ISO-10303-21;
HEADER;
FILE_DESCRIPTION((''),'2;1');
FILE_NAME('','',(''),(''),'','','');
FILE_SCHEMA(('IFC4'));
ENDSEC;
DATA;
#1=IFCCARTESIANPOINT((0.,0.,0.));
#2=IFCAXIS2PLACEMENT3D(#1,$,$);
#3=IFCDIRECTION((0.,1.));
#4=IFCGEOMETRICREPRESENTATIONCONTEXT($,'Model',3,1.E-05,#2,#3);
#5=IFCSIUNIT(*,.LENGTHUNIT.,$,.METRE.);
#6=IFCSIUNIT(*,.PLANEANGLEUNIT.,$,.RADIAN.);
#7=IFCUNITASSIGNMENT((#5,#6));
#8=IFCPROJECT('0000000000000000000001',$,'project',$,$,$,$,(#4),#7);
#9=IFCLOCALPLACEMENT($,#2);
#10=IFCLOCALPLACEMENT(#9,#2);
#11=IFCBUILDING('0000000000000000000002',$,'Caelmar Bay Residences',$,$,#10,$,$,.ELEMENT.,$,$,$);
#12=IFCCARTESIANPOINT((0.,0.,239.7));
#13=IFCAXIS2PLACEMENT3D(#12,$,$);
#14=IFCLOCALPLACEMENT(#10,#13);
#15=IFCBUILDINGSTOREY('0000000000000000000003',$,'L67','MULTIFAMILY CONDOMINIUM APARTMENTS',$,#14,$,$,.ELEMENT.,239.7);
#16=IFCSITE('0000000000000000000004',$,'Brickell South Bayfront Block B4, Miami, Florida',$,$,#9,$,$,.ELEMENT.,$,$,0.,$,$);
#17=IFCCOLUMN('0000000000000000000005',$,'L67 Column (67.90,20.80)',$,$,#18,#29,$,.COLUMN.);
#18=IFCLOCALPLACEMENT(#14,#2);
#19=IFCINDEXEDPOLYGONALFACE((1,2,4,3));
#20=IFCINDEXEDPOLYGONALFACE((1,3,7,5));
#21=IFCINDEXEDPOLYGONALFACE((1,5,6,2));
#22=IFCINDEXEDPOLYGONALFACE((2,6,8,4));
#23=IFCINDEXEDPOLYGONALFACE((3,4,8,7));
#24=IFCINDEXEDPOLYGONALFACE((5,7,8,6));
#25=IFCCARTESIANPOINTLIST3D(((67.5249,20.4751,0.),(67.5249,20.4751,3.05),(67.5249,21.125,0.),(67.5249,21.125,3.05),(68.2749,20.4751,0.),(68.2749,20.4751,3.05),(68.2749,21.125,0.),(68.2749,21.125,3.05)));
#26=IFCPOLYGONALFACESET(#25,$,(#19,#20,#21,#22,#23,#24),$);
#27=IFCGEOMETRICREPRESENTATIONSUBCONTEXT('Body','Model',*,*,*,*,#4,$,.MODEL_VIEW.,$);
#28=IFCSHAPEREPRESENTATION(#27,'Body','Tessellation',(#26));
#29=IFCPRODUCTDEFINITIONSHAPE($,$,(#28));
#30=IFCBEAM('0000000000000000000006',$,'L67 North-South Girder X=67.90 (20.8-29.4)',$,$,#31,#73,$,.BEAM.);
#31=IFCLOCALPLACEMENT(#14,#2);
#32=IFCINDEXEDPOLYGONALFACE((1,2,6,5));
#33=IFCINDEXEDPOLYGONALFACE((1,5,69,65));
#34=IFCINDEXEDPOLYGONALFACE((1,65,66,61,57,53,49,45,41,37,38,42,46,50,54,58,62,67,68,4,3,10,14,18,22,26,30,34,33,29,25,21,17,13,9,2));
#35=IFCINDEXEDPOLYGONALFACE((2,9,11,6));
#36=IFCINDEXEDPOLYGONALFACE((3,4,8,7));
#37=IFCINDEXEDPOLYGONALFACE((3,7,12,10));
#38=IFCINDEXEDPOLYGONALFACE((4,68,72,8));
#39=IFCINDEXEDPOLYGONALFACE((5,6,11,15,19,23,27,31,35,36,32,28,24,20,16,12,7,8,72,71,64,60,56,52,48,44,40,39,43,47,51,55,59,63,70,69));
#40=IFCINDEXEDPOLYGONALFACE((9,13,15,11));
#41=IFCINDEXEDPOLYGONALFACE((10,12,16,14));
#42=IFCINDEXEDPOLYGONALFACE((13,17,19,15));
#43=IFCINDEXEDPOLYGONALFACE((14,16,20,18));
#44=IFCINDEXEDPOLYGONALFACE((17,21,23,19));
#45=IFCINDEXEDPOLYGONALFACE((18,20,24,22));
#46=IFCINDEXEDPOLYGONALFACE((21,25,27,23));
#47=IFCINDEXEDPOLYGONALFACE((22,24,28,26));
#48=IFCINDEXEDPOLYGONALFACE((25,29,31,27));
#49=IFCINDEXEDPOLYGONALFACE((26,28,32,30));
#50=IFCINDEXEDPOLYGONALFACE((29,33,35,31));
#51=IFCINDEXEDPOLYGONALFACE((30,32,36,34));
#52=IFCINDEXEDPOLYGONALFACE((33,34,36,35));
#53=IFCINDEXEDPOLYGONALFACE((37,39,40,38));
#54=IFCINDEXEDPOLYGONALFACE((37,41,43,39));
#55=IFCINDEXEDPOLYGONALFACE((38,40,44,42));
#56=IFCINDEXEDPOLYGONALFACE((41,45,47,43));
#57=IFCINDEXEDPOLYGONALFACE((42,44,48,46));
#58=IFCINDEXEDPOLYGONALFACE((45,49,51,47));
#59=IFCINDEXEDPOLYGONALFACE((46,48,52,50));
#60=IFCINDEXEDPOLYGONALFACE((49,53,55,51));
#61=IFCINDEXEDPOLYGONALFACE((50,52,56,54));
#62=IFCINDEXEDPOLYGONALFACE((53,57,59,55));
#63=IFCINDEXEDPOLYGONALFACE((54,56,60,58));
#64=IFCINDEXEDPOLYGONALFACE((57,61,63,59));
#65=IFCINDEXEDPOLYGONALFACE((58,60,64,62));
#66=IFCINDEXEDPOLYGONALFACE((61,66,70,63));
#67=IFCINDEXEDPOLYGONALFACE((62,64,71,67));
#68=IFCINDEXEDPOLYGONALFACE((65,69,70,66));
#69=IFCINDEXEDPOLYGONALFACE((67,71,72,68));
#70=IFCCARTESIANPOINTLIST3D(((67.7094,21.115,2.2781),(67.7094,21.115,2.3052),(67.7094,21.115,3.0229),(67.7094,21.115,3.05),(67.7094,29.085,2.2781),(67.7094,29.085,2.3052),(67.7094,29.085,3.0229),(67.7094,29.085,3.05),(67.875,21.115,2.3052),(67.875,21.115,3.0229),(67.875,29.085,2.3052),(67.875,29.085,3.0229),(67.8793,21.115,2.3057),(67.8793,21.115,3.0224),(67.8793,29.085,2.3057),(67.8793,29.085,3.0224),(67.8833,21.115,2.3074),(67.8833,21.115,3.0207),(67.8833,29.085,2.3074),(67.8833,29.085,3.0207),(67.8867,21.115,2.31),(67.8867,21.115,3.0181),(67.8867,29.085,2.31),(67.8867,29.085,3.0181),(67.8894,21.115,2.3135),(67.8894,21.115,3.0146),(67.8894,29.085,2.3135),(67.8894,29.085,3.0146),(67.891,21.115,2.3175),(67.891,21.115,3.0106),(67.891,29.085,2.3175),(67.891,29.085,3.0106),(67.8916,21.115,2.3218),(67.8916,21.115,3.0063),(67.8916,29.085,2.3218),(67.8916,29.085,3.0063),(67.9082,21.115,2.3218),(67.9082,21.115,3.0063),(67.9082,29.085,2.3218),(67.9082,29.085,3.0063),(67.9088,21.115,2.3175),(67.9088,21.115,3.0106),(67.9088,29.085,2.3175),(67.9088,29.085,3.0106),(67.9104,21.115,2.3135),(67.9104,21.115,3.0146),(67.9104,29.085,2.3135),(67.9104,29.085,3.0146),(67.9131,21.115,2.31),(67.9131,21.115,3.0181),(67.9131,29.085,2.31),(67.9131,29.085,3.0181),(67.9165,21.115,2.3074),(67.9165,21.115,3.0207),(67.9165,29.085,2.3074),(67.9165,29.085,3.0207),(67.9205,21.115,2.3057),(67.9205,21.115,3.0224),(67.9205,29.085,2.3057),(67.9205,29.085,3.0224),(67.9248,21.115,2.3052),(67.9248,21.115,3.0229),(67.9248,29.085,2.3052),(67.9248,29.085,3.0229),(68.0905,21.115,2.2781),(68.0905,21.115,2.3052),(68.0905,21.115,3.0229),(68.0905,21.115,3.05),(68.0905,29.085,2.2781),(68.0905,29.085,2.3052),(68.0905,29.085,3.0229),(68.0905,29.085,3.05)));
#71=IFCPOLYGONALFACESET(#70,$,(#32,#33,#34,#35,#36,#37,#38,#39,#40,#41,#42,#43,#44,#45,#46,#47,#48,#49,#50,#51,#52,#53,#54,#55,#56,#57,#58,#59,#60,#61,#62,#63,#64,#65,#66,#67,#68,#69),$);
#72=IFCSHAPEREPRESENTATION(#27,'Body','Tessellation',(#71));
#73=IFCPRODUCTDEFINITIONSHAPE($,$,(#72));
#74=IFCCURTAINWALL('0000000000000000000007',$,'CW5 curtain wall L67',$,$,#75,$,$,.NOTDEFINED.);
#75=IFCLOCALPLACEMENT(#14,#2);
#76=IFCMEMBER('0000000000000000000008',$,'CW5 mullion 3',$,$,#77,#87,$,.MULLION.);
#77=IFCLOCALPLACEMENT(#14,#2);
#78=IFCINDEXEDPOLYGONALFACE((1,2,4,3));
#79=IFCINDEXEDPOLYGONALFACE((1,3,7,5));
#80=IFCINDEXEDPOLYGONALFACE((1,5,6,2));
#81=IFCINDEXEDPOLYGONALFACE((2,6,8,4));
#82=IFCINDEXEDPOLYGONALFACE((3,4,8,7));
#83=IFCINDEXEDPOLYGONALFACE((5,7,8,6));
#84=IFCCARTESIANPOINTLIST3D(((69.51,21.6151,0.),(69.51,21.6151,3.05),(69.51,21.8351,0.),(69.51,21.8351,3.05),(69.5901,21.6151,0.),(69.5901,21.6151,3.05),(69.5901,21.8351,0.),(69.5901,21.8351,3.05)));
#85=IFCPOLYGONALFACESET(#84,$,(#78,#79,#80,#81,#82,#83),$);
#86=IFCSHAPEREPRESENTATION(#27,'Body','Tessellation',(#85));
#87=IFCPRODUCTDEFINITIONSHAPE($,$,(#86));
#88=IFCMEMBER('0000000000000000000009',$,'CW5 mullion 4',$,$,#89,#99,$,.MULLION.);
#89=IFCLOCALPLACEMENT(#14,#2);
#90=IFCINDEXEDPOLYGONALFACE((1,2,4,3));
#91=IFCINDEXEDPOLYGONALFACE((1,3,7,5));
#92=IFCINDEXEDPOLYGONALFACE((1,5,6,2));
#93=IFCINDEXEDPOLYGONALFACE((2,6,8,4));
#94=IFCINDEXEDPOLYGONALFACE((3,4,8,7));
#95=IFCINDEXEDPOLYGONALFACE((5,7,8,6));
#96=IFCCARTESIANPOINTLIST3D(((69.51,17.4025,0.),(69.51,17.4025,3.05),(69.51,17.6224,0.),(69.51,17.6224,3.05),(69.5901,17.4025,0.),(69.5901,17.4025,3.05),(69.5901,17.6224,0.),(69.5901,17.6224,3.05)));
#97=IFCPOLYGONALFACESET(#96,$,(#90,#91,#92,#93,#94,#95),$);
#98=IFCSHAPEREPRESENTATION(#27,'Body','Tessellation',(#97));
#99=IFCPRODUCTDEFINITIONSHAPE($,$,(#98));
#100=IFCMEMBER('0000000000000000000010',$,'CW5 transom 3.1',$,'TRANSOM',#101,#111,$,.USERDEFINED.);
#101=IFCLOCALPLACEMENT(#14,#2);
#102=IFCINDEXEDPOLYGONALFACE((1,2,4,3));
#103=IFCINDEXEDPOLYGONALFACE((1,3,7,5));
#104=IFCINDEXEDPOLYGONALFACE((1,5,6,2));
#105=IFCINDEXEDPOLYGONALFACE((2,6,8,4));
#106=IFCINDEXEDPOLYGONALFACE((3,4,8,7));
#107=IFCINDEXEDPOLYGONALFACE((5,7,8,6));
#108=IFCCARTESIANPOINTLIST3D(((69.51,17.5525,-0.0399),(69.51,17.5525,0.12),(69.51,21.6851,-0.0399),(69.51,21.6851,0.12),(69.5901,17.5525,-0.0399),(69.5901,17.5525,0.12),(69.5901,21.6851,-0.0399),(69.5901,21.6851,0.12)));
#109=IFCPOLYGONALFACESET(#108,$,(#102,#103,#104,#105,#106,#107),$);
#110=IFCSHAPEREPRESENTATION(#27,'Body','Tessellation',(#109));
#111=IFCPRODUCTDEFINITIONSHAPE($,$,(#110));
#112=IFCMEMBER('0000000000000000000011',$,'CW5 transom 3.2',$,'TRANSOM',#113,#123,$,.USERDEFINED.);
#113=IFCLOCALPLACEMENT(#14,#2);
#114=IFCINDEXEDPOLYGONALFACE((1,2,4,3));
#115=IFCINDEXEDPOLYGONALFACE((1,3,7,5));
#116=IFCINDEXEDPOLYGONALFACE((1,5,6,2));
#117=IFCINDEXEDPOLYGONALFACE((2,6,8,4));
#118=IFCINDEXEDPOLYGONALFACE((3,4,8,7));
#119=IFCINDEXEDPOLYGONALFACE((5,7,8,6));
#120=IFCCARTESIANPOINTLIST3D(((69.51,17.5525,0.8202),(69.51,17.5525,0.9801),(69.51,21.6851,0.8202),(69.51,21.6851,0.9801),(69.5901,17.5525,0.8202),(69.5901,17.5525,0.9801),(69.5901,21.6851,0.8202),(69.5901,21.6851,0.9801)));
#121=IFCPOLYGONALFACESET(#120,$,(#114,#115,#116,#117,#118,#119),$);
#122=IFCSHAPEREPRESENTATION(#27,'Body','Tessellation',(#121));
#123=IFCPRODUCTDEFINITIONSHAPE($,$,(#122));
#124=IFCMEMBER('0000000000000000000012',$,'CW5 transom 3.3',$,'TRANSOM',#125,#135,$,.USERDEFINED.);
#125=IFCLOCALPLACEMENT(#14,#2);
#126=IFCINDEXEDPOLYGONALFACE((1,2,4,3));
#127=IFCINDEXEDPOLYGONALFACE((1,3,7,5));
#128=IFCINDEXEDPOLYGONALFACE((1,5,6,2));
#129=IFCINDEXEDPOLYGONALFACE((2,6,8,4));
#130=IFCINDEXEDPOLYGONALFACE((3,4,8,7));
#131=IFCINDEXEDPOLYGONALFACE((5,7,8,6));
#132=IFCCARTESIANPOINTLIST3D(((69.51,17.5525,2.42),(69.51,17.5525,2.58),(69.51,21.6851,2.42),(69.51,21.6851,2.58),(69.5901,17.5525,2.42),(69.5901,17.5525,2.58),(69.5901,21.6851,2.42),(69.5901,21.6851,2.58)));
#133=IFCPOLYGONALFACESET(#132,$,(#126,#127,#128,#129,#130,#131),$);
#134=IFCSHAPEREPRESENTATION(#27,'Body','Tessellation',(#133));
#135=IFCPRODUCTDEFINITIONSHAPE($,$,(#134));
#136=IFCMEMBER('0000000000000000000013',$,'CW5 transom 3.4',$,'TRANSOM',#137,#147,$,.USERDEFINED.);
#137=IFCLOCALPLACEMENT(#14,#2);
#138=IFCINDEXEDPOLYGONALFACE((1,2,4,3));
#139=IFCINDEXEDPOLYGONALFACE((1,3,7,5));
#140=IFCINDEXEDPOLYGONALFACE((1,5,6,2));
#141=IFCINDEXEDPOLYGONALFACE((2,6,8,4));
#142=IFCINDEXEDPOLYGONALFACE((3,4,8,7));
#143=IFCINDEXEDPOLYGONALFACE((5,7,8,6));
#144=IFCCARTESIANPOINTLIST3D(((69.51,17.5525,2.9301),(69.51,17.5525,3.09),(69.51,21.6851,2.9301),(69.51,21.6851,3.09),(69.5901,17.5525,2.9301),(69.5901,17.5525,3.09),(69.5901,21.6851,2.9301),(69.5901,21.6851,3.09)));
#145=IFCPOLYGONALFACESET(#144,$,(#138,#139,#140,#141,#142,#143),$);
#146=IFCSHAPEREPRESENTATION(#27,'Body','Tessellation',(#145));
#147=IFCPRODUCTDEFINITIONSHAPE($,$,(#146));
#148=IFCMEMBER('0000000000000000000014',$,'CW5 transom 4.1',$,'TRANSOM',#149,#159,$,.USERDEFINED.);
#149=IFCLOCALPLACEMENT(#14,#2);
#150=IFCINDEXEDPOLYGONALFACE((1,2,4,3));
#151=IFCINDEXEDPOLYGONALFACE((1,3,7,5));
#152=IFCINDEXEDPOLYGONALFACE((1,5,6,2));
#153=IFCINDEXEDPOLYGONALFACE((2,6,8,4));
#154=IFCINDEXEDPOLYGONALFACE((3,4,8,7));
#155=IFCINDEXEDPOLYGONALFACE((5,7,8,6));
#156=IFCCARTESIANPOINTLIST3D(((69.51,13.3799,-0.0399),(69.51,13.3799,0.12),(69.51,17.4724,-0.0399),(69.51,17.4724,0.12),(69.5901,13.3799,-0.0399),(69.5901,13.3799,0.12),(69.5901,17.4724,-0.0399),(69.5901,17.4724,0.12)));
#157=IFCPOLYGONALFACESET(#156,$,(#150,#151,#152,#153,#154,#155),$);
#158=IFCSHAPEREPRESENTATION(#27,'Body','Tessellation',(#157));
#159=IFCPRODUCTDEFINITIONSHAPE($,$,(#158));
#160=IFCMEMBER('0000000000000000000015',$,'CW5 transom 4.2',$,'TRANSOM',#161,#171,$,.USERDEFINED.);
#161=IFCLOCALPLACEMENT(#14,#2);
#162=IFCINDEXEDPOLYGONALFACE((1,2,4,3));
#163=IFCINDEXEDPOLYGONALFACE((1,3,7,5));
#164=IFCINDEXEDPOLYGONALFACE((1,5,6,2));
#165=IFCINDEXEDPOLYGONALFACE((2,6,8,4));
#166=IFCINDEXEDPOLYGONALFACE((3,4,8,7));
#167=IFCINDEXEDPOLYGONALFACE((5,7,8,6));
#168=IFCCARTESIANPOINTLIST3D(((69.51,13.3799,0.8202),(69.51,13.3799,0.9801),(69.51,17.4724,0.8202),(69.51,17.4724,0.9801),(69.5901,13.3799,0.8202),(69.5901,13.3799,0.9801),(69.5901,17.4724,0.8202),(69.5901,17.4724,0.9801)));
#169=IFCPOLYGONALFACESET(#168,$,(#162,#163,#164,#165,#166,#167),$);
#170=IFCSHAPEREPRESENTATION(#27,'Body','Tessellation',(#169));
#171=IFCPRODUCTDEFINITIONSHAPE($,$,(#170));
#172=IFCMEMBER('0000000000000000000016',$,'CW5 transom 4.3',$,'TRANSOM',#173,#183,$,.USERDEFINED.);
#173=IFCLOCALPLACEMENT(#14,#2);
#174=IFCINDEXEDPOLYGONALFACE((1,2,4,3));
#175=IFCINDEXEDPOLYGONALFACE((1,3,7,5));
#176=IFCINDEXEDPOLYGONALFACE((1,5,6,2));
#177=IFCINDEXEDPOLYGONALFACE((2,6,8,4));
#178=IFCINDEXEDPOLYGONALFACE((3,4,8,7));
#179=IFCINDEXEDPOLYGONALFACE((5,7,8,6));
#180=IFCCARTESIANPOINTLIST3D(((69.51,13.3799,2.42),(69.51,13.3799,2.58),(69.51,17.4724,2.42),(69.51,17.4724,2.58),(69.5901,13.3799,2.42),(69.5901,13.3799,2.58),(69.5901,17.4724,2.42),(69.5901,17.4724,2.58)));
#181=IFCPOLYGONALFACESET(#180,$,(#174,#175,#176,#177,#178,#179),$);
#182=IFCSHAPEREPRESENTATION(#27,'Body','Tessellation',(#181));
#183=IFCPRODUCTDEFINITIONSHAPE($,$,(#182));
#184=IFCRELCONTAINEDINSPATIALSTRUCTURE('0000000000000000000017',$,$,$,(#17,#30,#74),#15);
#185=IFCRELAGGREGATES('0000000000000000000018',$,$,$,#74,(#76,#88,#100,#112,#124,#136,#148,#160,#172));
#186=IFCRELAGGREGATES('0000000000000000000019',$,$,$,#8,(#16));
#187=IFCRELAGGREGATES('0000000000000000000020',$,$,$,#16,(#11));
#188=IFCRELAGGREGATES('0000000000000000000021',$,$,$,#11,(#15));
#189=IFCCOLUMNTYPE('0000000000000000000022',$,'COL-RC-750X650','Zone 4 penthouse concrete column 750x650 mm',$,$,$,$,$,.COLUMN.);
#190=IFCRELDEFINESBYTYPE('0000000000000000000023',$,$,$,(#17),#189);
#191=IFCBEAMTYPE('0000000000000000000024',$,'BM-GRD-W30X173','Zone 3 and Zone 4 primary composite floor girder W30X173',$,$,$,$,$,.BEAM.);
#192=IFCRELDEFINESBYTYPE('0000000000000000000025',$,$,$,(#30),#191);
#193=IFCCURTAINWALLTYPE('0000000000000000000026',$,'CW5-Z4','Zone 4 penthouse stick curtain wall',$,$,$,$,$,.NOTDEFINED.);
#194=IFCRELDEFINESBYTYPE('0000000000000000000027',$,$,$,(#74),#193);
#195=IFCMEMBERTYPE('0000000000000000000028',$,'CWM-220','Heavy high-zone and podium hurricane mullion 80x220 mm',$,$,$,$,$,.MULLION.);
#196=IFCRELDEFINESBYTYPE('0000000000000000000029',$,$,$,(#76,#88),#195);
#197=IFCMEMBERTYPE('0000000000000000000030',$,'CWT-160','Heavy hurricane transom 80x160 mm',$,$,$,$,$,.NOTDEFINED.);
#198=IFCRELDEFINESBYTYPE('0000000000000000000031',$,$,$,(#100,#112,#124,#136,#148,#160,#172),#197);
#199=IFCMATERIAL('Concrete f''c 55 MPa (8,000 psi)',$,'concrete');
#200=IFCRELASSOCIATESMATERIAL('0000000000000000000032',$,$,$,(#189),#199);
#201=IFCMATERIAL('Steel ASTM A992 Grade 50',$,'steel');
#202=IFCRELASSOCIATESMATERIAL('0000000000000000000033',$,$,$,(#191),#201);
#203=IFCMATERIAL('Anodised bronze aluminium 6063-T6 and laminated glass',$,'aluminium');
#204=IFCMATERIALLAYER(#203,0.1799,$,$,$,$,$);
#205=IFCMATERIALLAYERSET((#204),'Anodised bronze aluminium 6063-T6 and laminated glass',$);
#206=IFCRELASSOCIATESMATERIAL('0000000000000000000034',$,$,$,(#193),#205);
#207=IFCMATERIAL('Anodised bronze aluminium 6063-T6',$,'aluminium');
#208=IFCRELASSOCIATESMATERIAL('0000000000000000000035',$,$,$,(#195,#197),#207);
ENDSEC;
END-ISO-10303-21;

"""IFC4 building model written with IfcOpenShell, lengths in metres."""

from ifc_helpers import new_model, si_unit, direction, frame, origin, origin_2d, place, context, subcontext, project, spatial, rectangle, i_section, extrude, material, layer, layer_set, material_profile, profile_set, type_object, element, aggregate, save


model = new_model("IFC4")

# Units and contexts
model_context = context("Model", 3, precision=1e-05, world=origin(), true_north=direction((0.0, 1.0)))
body_context = subcontext(model_context, "Body", "Model", "MODEL_VIEW")
ifc_project = project(units=[si_unit("LENGTHUNIT", "METRE"), si_unit("PLANEANGLEUNIT", "RADIAN")], contexts=[model_context])

# Site, building, storey
site_placement = place(None, origin())
site = spatial("IfcSite", under=ifc_project, at=site_placement, Name="Brickell South Bayfront Block B4, Miami, Florida", CompositionType="ELEMENT", RefElevation=0.0)
building_placement = place(site_placement, origin())
building = spatial("IfcBuilding", under=site, at=building_placement, Name="Caelmar Bay Residences", CompositionType="ELEMENT")
storey_placement = place(building_placement, frame((0.0, 0.0, 239.7)))
storey = spatial("IfcBuildingStorey", under=building, at=storey_placement, Name="L67", Description="MULTIFAMILY CONDOMINIUM APARTMENTS", CompositionType="ELEMENT", Elevation=239.7)

# Column
ifc_material_1 = material(Name="Concrete f'c 55 MPa (8,000 psi)", Category="concrete")
ifc_material_profile_1 = material_profile(ifc_material_1, rectangle(XDim=0.75, YDim=0.6499, at=origin_2d()), Name="RC-COL-750X650")
ifc_profile_set_1 = profile_set([ifc_material_profile_1], Name="Concrete f'c 55 MPa (8,000 psi)")
column_type = type_object("IfcColumnType", Name="COL-RC-750X650", Description="Zone 4 penthouse concrete column 750x650 mm", PredefinedType="COLUMN", material=ifc_profile_set_1)
column_placement = place(storey_placement, frame((67.8999, 20.8, 0.0), z_axis=(0.0, 0.0, 1.0), x_axis=(1.0, 0.0, 0.0)))
element("IfcColumn", 1, at=column_placement, inside=storey, type_object=column_type, Name="L67 Column (67.90,20.80)", PredefinedType="COLUMN", context=body_context, shape_type="SweptSolid", body=[
    extrude(rectangle(XDim=0.75, YDim=0.6499, at=origin_2d()), origin(), (0.0, 0.0, 1.0), 3.05),
])

# Beam
ifc_material_2 = material(Name="Steel ASTM A992 Grade 50", Category="steel")
ifc_material_profile_2 = material_profile(ifc_material_2, i_section(OverallWidth=0.3811, OverallDepth=0.772, WebThickness=0.0166, FlangeThickness=0.0271, FilletRadius=0.0166, at=origin_2d()), Name="W30X173")
ifc_profile_set_2 = profile_set([ifc_material_profile_2], Name="Steel ASTM A992 Grade 50")
beam_type = type_object("IfcBeamType", Name="BM-GRD-W30X173", Description="Zone 3 and Zone 4 primary composite floor girder W30X173", PredefinedType="BEAM", material=ifc_profile_set_2)
beam_placement = place(storey_placement, frame((67.8999, 21.115, 2.6641), z_axis=(0.0, 1.0, 0.0), x_axis=(-1.0, 0.0, 0.0)))
element("IfcBeam", 2, at=beam_placement, inside=storey, type_object=beam_type, Name="L67 North-South Girder X=67.90 (20.8-29.4)", PredefinedType="BEAM", context=body_context, shape_type="SweptSolid", body=[
    extrude(i_section(OverallWidth=0.3811, OverallDepth=0.772, WebThickness=0.0166, FlangeThickness=0.0271, FilletRadius=0.0166, at=origin_2d()), origin(), (0.0, 0.0, 1.0), 7.97),
])

# Curtain wall, members
ifc_material_3 = material(Name="Anodised bronze aluminium 6063-T6 and laminated glass", Category="aluminium")
ifc_layer_1 = layer(ifc_material_3, 0.1799)
ifc_layer_set_1 = layer_set([ifc_layer_1], Name="Anodised bronze aluminium 6063-T6 and laminated glass")
curtain_wall_type = type_object("IfcCurtainWallType", Name="CW5-Z4", Description="Zone 4 penthouse stick curtain wall", PredefinedType="NOTDEFINED", material=ifc_layer_set_1)
curtain_wall_placement = place(storey_placement, origin())
curtain_wall = element("IfcCurtainWall", 3, at=curtain_wall_placement, inside=storey, type_object=curtain_wall_type, Name="CW5 curtain wall L67", PredefinedType="NOTDEFINED")
ifc_material_4 = material(Name="Anodised bronze aluminium 6063-T6", Category="aluminium")
ifc_material_profile_3 = material_profile(ifc_material_4, rectangle(XDim=0.0801, YDim=0.22, at=origin_2d()), Name="CWM-80X220")
ifc_profile_set_3 = profile_set([ifc_material_profile_3], Name="Anodised bronze aluminium 6063-T6")
member_type_1 = type_object("IfcMemberType", Name="CWM-220", Description="Heavy high-zone and podium hurricane mullion 80x220 mm", PredefinedType="MULLION", material=ifc_profile_set_3)
member_1_placement = place(storey_placement, frame((69.55, 21.7251, 0.0), z_axis=(0.0, 0.0, 1.0), x_axis=(1.0, 0.0, 0.0)))
member_1 = element("IfcMember", 4, at=member_1_placement, type_object=member_type_1, Name="CW5 mullion 3", PredefinedType="MULLION", context=body_context, shape_type="SweptSolid", body=[
    extrude(rectangle(XDim=0.0801, YDim=0.22, at=origin_2d()), origin(), (0.0, 0.0, 1.0), 3.05),
])
member_2_placement = place(storey_placement, frame((69.55, 17.5125, 0.0), z_axis=(0.0, 0.0, 1.0), x_axis=(1.0, 0.0, 0.0)))
member_2 = element("IfcMember", 5, at=member_2_placement, type_object=member_type_1, Name="CW5 mullion 4", PredefinedType="MULLION", context=body_context, shape_type="SweptSolid", body=[
    extrude(rectangle(XDim=0.0801, YDim=0.22, at=origin_2d()), origin(), (0.0, 0.0, 1.0), 3.05),
])
ifc_material_profile_4 = material_profile(ifc_material_4, rectangle(XDim=0.0801, YDim=0.1599, at=origin_2d()), Name="CWT-80X160")
ifc_profile_set_4 = profile_set([ifc_material_profile_4], Name="Anodised bronze aluminium 6063-T6")
member_type_2 = type_object("IfcMemberType", Name="CWT-160", Description="Heavy hurricane transom 80x160 mm", PredefinedType="NOTDEFINED", material=ifc_profile_set_4)
member_3_placement = place(storey_placement, frame((69.55, 21.6851, 0.04), z_axis=(0.0, -1.0, 0.0), x_axis=(1.0, 0.0, 0.0)))
member_3 = element("IfcMember", 6, at=member_3_placement, type_object=member_type_2, Name="CW5 transom 3.1", ObjectType="TRANSOM", PredefinedType="USERDEFINED", context=body_context, shape_type="SweptSolid", body=[
    extrude(rectangle(XDim=0.0801, YDim=0.1599, at=origin_2d()), origin(), (0.0, 0.0, 1.0), 4.1326),
])
member_4_placement = place(storey_placement, frame((69.55, 21.6851, 0.9001), z_axis=(0.0, -1.0, 0.0), x_axis=(1.0, 0.0, 0.0)))
member_4 = element("IfcMember", 7, at=member_4_placement, type_object=member_type_2, Name="CW5 transom 3.2", ObjectType="TRANSOM", PredefinedType="USERDEFINED", context=body_context, shape_type="SweptSolid", body=[
    extrude(rectangle(XDim=0.0801, YDim=0.1599, at=origin_2d()), origin(), (0.0, 0.0, 1.0), 4.1326),
])
member_5_placement = place(storey_placement, frame((69.55, 21.6851, 2.5), z_axis=(0.0, -1.0, 0.0), x_axis=(1.0, 0.0, 0.0)))
member_5 = element("IfcMember", 8, at=member_5_placement, type_object=member_type_2, Name="CW5 transom 3.3", ObjectType="TRANSOM", PredefinedType="USERDEFINED", context=body_context, shape_type="SweptSolid", body=[
    extrude(rectangle(XDim=0.0801, YDim=0.1599, at=origin_2d()), origin(), (0.0, 0.0, 1.0), 4.1326),
])
member_6_placement = place(storey_placement, frame((69.55, 21.6851, 3.01), z_axis=(0.0, -1.0, 0.0), x_axis=(1.0, 0.0, 0.0)))
member_6 = element("IfcMember", 9, at=member_6_placement, type_object=member_type_2, Name="CW5 transom 3.4", ObjectType="TRANSOM", PredefinedType="USERDEFINED", context=body_context, shape_type="SweptSolid", body=[
    extrude(rectangle(XDim=0.0801, YDim=0.1599, at=origin_2d()), origin(), (0.0, 0.0, 1.0), 4.1326),
])
member_7_placement = place(storey_placement, frame((69.55, 17.4724, 0.04), z_axis=(0.0, -1.0, 0.0), x_axis=(1.0, 0.0, 0.0)))
member_7 = element("IfcMember", 10, at=member_7_placement, type_object=member_type_2, Name="CW5 transom 4.1", ObjectType="TRANSOM", PredefinedType="USERDEFINED", context=body_context, shape_type="SweptSolid", body=[
    extrude(rectangle(XDim=0.0801, YDim=0.1599, at=origin_2d()), origin(), (0.0, 0.0, 1.0), 4.0925),
])
member_8_placement = place(storey_placement, frame((69.55, 17.4724, 0.9001), z_axis=(0.0, -1.0, 0.0), x_axis=(1.0, 0.0, 0.0)))
member_8 = element("IfcMember", 11, at=member_8_placement, type_object=member_type_2, Name="CW5 transom 4.2", ObjectType="TRANSOM", PredefinedType="USERDEFINED", context=body_context, shape_type="SweptSolid", body=[
    extrude(rectangle(XDim=0.0801, YDim=0.1599, at=origin_2d()), origin(), (0.0, 0.0, 1.0), 4.0925),
])
member_9_placement = place(storey_placement, frame((69.55, 17.4724, 2.5), z_axis=(0.0, -1.0, 0.0), x_axis=(1.0, 0.0, 0.0)))
member_9 = element("IfcMember", 12, at=member_9_placement, type_object=member_type_2, Name="CW5 transom 4.3", ObjectType="TRANSOM", PredefinedType="USERDEFINED", context=body_context, shape_type="SweptSolid", body=[
    extrude(rectangle(XDim=0.0801, YDim=0.1599, at=origin_2d()), origin(), (0.0, 0.0, 1.0), 4.0925),
])
aggregate(curtain_wall, [member_1, member_2, member_3, member_4, member_5, member_6, member_7, member_8, member_9])

save(model, "model.ifc")
